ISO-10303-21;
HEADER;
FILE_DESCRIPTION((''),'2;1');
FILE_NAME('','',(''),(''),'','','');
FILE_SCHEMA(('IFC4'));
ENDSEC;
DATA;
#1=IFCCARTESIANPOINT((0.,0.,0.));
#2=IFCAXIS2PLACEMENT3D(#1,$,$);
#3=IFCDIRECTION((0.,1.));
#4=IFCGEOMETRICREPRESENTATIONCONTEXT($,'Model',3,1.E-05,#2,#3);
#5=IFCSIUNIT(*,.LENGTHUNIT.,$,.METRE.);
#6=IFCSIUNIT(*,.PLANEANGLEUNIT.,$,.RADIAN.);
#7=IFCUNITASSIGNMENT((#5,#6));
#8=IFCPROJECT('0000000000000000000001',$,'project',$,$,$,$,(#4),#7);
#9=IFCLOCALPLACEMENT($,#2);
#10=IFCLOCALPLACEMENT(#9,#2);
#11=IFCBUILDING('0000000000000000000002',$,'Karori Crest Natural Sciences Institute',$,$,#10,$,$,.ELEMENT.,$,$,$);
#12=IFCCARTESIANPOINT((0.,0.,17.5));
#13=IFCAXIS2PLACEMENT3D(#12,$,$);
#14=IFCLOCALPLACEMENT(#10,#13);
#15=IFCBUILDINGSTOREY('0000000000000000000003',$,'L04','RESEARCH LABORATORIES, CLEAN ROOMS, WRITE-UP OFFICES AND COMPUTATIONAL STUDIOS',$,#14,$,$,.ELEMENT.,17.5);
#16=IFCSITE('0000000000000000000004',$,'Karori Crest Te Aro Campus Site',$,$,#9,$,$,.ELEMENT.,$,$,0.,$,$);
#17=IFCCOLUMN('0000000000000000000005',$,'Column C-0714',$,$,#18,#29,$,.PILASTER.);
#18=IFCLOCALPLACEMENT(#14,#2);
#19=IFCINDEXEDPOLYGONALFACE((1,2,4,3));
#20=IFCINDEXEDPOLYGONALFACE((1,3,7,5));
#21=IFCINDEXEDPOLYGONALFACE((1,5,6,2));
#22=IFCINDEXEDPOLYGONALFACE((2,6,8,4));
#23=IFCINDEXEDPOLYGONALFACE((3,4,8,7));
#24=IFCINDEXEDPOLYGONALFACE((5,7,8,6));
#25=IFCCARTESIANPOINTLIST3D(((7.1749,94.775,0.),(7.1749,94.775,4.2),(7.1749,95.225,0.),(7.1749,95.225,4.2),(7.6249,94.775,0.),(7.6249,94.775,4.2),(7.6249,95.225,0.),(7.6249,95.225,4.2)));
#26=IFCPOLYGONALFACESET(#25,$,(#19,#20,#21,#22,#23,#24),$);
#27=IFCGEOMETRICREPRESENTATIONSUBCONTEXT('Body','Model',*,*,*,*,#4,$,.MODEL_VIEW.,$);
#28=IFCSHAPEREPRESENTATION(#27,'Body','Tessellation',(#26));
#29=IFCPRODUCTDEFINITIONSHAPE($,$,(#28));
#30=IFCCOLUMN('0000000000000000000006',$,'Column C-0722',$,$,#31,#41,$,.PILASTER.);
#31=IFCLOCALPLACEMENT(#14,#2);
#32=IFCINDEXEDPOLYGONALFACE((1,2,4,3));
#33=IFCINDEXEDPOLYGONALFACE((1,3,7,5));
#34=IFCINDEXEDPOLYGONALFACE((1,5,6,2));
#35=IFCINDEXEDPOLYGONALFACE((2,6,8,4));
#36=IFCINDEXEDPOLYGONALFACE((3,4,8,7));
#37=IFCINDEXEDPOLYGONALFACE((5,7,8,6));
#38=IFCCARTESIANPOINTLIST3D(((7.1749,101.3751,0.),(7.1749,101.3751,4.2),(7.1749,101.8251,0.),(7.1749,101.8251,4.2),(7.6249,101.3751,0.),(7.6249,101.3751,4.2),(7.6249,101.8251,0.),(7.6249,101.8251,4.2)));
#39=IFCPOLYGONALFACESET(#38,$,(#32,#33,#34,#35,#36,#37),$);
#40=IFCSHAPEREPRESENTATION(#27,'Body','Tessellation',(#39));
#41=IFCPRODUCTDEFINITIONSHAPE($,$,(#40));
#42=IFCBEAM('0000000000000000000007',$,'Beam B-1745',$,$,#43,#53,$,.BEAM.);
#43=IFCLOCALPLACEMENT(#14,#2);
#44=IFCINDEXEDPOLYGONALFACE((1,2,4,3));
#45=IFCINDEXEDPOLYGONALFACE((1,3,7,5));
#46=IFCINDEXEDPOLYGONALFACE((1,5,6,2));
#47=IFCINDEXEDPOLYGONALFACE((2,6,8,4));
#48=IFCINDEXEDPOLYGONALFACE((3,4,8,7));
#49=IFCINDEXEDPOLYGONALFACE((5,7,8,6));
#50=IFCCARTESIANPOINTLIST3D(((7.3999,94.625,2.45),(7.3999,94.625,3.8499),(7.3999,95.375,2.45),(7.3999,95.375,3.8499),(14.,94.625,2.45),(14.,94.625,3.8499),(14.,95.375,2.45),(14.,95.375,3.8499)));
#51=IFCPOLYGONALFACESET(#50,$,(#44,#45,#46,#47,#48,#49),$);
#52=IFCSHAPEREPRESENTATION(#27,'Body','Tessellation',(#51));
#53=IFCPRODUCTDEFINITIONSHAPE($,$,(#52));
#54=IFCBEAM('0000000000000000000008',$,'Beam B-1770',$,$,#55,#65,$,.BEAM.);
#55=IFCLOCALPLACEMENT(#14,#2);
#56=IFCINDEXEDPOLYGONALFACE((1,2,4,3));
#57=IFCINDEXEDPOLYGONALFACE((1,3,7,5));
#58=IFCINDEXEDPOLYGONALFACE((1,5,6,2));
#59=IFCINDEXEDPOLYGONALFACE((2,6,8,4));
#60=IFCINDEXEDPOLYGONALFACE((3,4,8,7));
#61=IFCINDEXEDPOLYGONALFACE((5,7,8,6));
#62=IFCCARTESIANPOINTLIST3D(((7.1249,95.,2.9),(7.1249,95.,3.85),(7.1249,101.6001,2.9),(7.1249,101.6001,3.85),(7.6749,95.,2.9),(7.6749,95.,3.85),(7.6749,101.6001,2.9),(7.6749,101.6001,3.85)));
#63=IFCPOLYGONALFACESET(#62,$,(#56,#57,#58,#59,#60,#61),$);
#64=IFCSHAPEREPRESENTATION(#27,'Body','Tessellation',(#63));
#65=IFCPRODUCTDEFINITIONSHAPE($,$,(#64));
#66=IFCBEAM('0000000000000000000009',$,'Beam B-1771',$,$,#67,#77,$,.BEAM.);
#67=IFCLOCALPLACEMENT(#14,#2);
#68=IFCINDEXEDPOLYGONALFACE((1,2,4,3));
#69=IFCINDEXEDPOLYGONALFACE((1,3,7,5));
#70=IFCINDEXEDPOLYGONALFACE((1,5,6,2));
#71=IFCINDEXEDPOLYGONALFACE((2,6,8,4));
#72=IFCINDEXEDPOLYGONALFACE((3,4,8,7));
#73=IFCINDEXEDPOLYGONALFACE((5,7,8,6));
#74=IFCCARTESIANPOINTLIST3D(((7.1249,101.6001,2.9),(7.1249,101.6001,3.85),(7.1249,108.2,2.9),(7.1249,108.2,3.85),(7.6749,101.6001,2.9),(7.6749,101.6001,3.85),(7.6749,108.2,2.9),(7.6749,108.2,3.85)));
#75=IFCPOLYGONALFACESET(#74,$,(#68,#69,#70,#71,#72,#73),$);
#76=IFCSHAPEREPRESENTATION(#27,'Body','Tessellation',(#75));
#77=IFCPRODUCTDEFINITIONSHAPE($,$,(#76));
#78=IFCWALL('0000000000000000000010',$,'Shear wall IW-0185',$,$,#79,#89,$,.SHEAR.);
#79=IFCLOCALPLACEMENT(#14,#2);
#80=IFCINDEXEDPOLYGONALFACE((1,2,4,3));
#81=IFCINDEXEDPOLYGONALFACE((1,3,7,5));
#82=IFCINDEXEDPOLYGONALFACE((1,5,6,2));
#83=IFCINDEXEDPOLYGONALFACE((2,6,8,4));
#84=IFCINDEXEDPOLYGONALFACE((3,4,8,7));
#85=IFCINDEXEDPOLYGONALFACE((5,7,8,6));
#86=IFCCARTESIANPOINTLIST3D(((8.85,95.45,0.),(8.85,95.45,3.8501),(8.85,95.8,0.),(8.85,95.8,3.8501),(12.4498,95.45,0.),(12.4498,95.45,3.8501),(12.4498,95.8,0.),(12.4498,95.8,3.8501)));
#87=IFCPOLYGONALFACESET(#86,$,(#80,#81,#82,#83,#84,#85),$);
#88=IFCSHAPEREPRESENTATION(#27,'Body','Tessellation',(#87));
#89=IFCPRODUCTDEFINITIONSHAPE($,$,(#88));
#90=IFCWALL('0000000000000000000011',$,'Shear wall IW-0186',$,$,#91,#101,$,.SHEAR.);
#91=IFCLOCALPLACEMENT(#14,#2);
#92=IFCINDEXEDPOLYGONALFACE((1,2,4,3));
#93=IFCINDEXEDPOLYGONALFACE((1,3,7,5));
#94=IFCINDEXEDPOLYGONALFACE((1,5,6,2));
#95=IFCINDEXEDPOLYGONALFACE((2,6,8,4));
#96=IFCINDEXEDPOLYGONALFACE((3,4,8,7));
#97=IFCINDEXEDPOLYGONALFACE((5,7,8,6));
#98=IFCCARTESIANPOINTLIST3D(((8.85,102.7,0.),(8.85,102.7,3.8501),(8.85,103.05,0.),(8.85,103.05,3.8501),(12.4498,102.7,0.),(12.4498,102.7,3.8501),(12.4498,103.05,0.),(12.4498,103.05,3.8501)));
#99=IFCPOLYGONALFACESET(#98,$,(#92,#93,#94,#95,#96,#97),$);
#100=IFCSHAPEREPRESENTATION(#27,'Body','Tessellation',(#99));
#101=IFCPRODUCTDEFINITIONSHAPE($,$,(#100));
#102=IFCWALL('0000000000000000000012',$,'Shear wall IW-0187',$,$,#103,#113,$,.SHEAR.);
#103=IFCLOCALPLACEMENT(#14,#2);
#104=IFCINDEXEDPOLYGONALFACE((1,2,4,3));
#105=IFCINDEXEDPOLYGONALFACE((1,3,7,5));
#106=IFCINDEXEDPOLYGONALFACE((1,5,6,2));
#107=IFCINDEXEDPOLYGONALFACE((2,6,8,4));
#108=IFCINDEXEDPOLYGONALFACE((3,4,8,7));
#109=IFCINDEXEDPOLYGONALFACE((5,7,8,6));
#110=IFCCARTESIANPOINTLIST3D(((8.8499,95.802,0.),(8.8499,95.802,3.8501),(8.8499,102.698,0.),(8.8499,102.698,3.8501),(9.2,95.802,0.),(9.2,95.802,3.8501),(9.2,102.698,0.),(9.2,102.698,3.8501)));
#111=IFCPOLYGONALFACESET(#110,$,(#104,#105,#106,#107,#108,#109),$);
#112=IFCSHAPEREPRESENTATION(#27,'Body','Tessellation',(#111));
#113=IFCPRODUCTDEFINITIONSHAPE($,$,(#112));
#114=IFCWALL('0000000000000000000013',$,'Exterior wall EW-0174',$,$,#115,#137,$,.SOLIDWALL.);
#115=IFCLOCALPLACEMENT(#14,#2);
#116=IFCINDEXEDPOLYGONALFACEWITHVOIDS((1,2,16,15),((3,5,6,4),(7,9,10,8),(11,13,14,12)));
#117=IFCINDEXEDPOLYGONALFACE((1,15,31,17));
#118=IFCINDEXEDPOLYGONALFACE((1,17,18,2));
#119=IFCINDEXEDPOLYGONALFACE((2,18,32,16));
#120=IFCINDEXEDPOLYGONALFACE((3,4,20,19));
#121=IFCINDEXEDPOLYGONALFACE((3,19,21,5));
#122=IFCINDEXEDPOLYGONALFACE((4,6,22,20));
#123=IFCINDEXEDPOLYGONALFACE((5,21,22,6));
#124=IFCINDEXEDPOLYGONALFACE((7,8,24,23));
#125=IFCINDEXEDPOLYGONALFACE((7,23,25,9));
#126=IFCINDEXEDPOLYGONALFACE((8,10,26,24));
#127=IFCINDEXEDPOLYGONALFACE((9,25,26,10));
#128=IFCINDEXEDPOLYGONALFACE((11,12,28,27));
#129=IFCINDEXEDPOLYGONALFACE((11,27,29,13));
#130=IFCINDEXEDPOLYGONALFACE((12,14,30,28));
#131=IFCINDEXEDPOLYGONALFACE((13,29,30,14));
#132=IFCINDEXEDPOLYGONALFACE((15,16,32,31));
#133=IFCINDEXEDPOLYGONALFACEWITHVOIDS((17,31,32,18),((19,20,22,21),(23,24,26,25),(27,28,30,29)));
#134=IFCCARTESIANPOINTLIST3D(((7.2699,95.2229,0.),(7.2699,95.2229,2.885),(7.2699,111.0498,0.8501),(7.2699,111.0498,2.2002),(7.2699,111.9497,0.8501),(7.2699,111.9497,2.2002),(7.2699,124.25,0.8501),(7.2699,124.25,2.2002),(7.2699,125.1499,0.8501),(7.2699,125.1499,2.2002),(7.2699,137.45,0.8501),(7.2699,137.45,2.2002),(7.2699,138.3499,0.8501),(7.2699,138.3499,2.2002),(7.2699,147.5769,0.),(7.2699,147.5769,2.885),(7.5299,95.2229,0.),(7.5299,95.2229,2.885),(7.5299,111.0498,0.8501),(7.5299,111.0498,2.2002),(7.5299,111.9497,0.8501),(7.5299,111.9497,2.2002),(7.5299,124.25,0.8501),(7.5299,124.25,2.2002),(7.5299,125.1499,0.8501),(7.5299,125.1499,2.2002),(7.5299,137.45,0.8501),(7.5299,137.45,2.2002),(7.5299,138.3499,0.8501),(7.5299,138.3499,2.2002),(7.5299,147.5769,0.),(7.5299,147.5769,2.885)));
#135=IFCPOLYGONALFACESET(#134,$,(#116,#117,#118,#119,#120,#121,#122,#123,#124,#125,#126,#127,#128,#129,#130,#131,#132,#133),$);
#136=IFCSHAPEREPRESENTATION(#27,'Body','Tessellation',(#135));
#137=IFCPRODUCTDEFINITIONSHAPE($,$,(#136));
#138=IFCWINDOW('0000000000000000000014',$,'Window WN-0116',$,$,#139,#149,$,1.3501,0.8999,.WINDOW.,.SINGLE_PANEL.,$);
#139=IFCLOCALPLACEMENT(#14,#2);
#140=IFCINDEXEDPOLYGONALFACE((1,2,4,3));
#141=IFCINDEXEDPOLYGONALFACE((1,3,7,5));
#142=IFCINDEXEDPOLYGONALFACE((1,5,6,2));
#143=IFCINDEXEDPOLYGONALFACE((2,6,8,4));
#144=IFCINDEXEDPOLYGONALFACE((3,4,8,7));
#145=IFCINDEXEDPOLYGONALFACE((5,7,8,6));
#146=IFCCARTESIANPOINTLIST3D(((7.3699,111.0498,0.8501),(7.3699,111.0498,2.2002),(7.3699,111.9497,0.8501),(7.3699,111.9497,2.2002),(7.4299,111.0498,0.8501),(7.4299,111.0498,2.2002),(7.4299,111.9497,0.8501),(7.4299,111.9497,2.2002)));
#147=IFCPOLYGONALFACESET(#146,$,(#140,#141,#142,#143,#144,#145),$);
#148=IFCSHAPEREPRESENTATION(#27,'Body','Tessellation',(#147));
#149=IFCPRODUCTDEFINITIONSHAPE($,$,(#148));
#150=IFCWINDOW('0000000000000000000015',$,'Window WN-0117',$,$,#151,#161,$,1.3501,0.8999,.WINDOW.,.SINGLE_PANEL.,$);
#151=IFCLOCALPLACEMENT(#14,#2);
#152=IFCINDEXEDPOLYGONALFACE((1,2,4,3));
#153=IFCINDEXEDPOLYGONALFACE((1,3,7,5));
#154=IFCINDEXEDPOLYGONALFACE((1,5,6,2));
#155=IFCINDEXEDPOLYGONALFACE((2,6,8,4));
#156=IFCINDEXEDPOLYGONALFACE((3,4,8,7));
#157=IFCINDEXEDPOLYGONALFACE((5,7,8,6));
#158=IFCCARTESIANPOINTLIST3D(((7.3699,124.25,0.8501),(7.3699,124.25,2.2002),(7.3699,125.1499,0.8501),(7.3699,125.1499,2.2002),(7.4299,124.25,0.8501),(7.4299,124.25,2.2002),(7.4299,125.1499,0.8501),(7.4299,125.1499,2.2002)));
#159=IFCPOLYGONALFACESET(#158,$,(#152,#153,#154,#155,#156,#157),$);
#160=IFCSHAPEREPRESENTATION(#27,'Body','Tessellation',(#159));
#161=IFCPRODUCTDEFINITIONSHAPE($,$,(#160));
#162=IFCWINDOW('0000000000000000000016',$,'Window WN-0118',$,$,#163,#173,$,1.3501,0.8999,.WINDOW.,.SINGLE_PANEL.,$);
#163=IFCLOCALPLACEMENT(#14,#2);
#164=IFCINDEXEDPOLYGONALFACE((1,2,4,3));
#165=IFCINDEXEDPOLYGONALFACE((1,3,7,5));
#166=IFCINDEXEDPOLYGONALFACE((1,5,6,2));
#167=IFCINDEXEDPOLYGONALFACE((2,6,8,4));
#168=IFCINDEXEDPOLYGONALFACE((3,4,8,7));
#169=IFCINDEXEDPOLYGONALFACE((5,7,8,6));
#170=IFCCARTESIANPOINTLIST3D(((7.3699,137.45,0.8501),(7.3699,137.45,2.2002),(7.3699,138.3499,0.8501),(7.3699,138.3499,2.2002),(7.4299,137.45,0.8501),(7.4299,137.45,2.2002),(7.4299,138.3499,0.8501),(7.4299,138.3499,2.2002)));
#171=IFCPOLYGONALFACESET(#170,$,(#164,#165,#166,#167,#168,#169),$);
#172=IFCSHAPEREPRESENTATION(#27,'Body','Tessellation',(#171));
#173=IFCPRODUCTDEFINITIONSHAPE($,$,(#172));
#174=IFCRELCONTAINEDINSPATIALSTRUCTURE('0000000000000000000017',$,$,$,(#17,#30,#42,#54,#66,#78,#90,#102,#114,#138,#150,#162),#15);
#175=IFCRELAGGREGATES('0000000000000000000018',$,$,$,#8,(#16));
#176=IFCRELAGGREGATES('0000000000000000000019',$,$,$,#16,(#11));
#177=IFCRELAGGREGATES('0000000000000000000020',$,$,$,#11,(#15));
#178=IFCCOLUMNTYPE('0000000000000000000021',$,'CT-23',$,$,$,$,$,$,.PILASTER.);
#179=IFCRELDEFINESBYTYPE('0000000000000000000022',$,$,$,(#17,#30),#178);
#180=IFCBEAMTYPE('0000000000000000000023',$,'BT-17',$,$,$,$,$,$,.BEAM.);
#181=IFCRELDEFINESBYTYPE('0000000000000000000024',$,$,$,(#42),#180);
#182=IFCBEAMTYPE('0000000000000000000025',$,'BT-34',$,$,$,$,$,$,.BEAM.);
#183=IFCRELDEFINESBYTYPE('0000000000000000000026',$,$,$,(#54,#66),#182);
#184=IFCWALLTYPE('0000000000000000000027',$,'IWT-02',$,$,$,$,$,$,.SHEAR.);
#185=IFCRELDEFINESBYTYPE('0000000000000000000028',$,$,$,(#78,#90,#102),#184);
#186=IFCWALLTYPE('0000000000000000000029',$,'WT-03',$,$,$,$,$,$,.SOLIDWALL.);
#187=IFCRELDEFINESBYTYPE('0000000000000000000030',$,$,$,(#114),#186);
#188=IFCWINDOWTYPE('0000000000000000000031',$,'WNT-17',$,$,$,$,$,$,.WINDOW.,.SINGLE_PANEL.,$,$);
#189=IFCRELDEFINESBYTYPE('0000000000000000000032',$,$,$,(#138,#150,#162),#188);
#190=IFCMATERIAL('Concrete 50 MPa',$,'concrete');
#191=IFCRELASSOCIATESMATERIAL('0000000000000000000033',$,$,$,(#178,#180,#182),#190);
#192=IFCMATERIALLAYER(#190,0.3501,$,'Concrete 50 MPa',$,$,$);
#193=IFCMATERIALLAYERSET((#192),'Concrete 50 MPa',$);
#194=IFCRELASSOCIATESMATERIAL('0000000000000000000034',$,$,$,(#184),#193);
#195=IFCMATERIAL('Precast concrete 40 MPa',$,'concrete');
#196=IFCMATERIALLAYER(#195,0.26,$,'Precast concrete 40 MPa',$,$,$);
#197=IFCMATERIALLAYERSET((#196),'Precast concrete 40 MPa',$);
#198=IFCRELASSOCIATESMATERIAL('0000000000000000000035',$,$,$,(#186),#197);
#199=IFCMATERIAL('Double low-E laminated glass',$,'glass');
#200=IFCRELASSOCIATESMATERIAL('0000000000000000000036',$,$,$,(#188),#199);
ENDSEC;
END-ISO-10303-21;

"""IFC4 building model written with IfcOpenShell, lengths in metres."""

from ifc_helpers import new_model, si_unit, direction, frame, frame_2d, origin, origin_2d, place, context, subcontext, project, spatial, rectangle, extrude, material, layer, layer_set, material_profile, profile_set, type_object, element, fill, save


model = new_model("IFC4")

# Units and contexts
model_context = context("Model", 3, precision=1e-05, world=origin(), true_north=direction((0.0, 1.0)))
body_context = subcontext(model_context, "Body", "Model", "MODEL_VIEW")
ifc_project = project(units=[si_unit("LENGTHUNIT", "METRE"), si_unit("PLANEANGLEUNIT", "RADIAN")], contexts=[model_context])

# Site, building, storey
site_placement = place(None, origin())
site = spatial("IfcSite", under=ifc_project, at=site_placement, Name="Karori Crest Te Aro Campus Site", CompositionType="ELEMENT", RefElevation=0.0)
building_placement = place(site_placement, origin())
building = spatial("IfcBuilding", under=site, at=building_placement, Name="Karori Crest Natural Sciences Institute", CompositionType="ELEMENT")
storey_placement = place(building_placement, frame((0.0, 0.0, 17.5)))
storey = spatial("IfcBuildingStorey", under=building, at=storey_placement, Name="L04", Description="RESEARCH LABORATORIES, CLEAN ROOMS, WRITE-UP OFFICES AND COMPUTATIONAL STUDIOS", CompositionType="ELEMENT", Elevation=17.5)

# Columns
ifc_material_1 = material(Name="Concrete 50 MPa", Category="concrete")
ifc_material_profile_1 = material_profile(ifc_material_1, rectangle(XDim=0.45, YDim=0.45, at=origin_2d()), Name="RC450x450")
ifc_profile_set_1 = profile_set([ifc_material_profile_1], Name="Concrete 50 MPa")
column_type = type_object("IfcColumnType", Name="CT-23", PredefinedType="PILASTER", material=ifc_profile_set_1)
for number, where, z_axis, x_axis, name in (
    (1, (7.3999, 95.0, 0.0), (0.0, 0.0, 1.0), (1.0, 0.0, 0.0), "Column C-0714"),
    (2, (7.3999, 101.6001, 0.0), (0.0, 0.0, 1.0), (1.0, 0.0, 0.0), "Column C-0722"),
):
    element("IfcColumn", number, at=place(storey_placement, frame(where, z_axis=z_axis, x_axis=x_axis)), inside=storey, type_object=column_type, Name=name, PredefinedType="PILASTER", context=body_context, shape_type="SweptSolid", body=[
        extrude(rectangle(XDim=0.45, YDim=0.45, at=origin_2d()), origin(), (0.0, 0.0, 1.0), 4.2),
    ])

# Beams
ifc_material_profile_2 = material_profile(ifc_material_1, rectangle(XDim=0.75, YDim=1.3999, at=origin_2d()), Name="RCB750x1400")
ifc_profile_set_2 = profile_set([ifc_material_profile_2], Name="Concrete 50 MPa")
beam_type_1 = type_object("IfcBeamType", Name="BT-17", PredefinedType="BEAM", material=ifc_profile_set_2)
beam_1_placement = place(storey_placement, frame((7.3999, 95.0, 3.1499), z_axis=(1.0, 0.0, 0.0), x_axis=(0.0, 1.0, 0.0)))
element("IfcBeam", 3, at=beam_1_placement, inside=storey, type_object=beam_type_1, Name="Beam B-1745", PredefinedType="BEAM", context=body_context, shape_type="SweptSolid", body=[
    extrude(rectangle(XDim=0.75, YDim=1.3999, at=origin_2d()), origin(), (0.0, 0.0, 1.0), 6.6001),
])
ifc_material_profile_3 = material_profile(ifc_material_1, rectangle(XDim=0.55, YDim=0.95, at=origin_2d()), Name="RCB550x950")
ifc_profile_set_3 = profile_set([ifc_material_profile_3], Name="Concrete 50 MPa")
beam_type_2 = type_object("IfcBeamType", Name="BT-34", PredefinedType="BEAM", material=ifc_profile_set_3)
beam_2_placement = place(storey_placement, frame((7.3999, 95.0, 3.375), z_axis=(0.0, 1.0, 0.0), x_axis=(-1.0, 0.0, 0.0)))
element("IfcBeam", 4, at=beam_2_placement, inside=storey, type_object=beam_type_2, Name="Beam B-1770", PredefinedType="BEAM", context=body_context, shape_type="SweptSolid", body=[
    extrude(rectangle(XDim=0.55, YDim=0.95, at=origin_2d()), origin(), (0.0, 0.0, 1.0), 6.6001),
])
beam_3_placement = place(storey_placement, frame((7.3999, 101.6001, 3.375), z_axis=(0.0, 1.0, 0.0), x_axis=(-1.0, 0.0, 0.0)))
element("IfcBeam", 5, at=beam_3_placement, inside=storey, type_object=beam_type_2, Name="Beam B-1771", PredefinedType="BEAM", context=body_context, shape_type="SweptSolid", body=[
    extrude(rectangle(XDim=0.55, YDim=0.95, at=origin_2d()), origin(), (0.0, 0.0, 1.0), 6.5999),
])

# Walls
ifc_layer_1 = layer(ifc_material_1, 0.3501, Name="Concrete 50 MPa")
ifc_layer_set_1 = layer_set([ifc_layer_1], Name="Concrete 50 MPa")
wall_type_1 = type_object("IfcWallType", Name="IWT-02", PredefinedType="SHEAR", material=ifc_layer_set_1)
for number, where, z_axis, x_axis, name in (
    (6, (8.8501, 95.625, 0.0), (0.0, 0.0, 1.0), (1.0, 0.0, 0.0), "Shear wall IW-0185"),
    (7, (8.8501, 102.875, 0.0), (0.0, 0.0, 1.0), (1.0, 0.0, 0.0), "Shear wall IW-0186"),
):
    element("IfcWall", number, at=place(storey_placement, frame(where, z_axis=z_axis, x_axis=x_axis)), inside=storey, type_object=wall_type_1, Name=name, PredefinedType="SHEAR", context=body_context, shape_type="SweptSolid", body=[
        extrude(rectangle(XDim=3.5999, YDim=0.3501, at=frame_2d((1.7998, 0.0))), origin(), (0.0, 0.0, 1.0), 3.8501),
    ])
wall_1_placement = place(storey_placement, frame((9.0249, 95.802, 0.0), z_axis=(0.0, 0.0, 1.0), x_axis=(0.0, 1.0, 0.0)))
element("IfcWall", 8, at=wall_1_placement, inside=storey, type_object=wall_type_1, Name="Shear wall IW-0187", PredefinedType="SHEAR", context=body_context, shape_type="SweptSolid", body=[
    extrude(rectangle(XDim=6.896, YDim=0.3501, at=frame_2d((3.448, 0.0))), origin(), (0.0, 0.0, 1.0), 3.8501),
])

# Wall, openings, windows
ifc_material_2 = material(Name="Precast concrete 40 MPa", Category="concrete")
ifc_layer_2 = layer(ifc_material_2, 0.26, Name="Precast concrete 40 MPa")
ifc_layer_set_2 = layer_set([ifc_layer_2], Name="Precast concrete 40 MPa")
wall_type_2 = type_object("IfcWallType", Name="WT-03", PredefinedType="SOLIDWALL", material=ifc_layer_set_2)
wall_2_placement = place(storey_placement, frame((7.3999, 95.2229, 0.0), z_axis=(0.0, 0.0, 1.0), x_axis=(0.0, 1.0, 0.0)))
wall_2 = element("IfcWall", 9, at=wall_2_placement, inside=storey, type_object=wall_type_2, Name="Exterior wall EW-0174", PredefinedType="SOLIDWALL", context=body_context, shape_type="SweptSolid", body=[
    extrude(rectangle(XDim=52.354, YDim=0.26, at=frame_2d((26.177, 0.0))), origin(), (0.0, 0.0, 1.0), 2.885),
])
opening_1_placement = place(wall_2_placement, frame((15.8269, 0.0, 0.8501)))
opening_1 = element("IfcOpeningElement", 10, at=opening_1_placement, cuts=wall_2, PredefinedType="OPENING", context=body_context, shape_type="SweptSolid", body=[
    extrude(rectangle(XDim=0.8999, YDim=1.3501, at=frame_2d((0.45, 0.675))), frame((0.0, 0.1401, 0.0), z_axis=(0.0, -1.0, 0.0), x_axis=(1.0, 0.0, 0.0)), (0.0, 0.0, 1.0), 0.28),
])
opening_2_placement = place(wall_2_placement, frame((29.0271, 0.0, 0.8501)))
opening_2 = element("IfcOpeningElement", 11, at=opening_2_placement, cuts=wall_2, PredefinedType="OPENING", context=body_context, shape_type="SweptSolid", body=[
    extrude(rectangle(XDim=0.8999, YDim=1.3501, at=frame_2d((0.45, 0.675))), frame((0.0, 0.1401, 0.0), z_axis=(0.0, -1.0, 0.0), x_axis=(1.0, 0.0, 0.0)), (0.0, 0.0, 1.0), 0.28),
])
opening_3_placement = place(wall_2_placement, frame((42.2271, 0.0, 0.8501)))
opening_3 = element("IfcOpeningElement", 12, at=opening_3_placement, cuts=wall_2, PredefinedType="OPENING", context=body_context, shape_type="SweptSolid", body=[
    extrude(rectangle(XDim=0.8999, YDim=1.3501, at=frame_2d((0.45, 0.675))), frame((0.0, 0.1401, 0.0), z_axis=(0.0, -1.0, 0.0), x_axis=(1.0, 0.0, 0.0)), (0.0, 0.0, 1.0), 0.28),
])
ifc_material_3 = material(Name="Double low-E laminated glass", Category="glass")
window_type = type_object("IfcWindowType", Name="WNT-17", PartitioningType="SINGLE_PANEL", PredefinedType="WINDOW", material=ifc_material_3)
window_1_placement = place(opening_1_placement, origin())
window_1 = element("IfcWindow", 13, at=window_1_placement, inside=storey, type_object=window_type, Name="Window WN-0116", OverallHeight=1.3501, OverallWidth=0.8999, PartitioningType="SINGLE_PANEL", PredefinedType="WINDOW", context=body_context, shape_type="SweptSolid", body=[
    extrude(rectangle(XDim=0.8999, YDim=1.3501, at=frame_2d((0.45, 0.675))), frame((0.0, 0.03, 0.0), z_axis=(0.0, -1.0, 0.0), x_axis=(1.0, 0.0, 0.0)), (0.0, 0.0, 1.0), 0.0601),
])
fill(opening_1, window_1)
window_2_placement = place(opening_2_placement, origin())
window_2 = element("IfcWindow", 14, at=window_2_placement, inside=storey, type_object=window_type, Name="Window WN-0117", OverallHeight=1.3501, OverallWidth=0.8999, PartitioningType="SINGLE_PANEL", PredefinedType="WINDOW", context=body_context, shape_type="SweptSolid", body=[
    extrude(rectangle(XDim=0.8999, YDim=1.3501, at=frame_2d((0.45, 0.675))), frame((0.0, 0.03, 0.0), z_axis=(0.0, -1.0, 0.0), x_axis=(1.0, 0.0, 0.0)), (0.0, 0.0, 1.0), 0.0601),
])
fill(opening_2, window_2)
window_3_placement = place(opening_3_placement, origin())
window_3 = element("IfcWindow", 15, at=window_3_placement, inside=storey, type_object=window_type, Name="Window WN-0118", OverallHeight=1.3501, OverallWidth=0.8999, PartitioningType="SINGLE_PANEL", PredefinedType="WINDOW", context=body_context, shape_type="SweptSolid", body=[
    extrude(rectangle(XDim=0.8999, YDim=1.3501, at=frame_2d((0.45, 0.675))), frame((0.0, 0.03, 0.0), z_axis=(0.0, -1.0, 0.0), x_axis=(1.0, 0.0, 0.0)), (0.0, 0.0, 1.0), 0.0601),
])
fill(opening_3, window_3)

save(model, "model.ifc")
